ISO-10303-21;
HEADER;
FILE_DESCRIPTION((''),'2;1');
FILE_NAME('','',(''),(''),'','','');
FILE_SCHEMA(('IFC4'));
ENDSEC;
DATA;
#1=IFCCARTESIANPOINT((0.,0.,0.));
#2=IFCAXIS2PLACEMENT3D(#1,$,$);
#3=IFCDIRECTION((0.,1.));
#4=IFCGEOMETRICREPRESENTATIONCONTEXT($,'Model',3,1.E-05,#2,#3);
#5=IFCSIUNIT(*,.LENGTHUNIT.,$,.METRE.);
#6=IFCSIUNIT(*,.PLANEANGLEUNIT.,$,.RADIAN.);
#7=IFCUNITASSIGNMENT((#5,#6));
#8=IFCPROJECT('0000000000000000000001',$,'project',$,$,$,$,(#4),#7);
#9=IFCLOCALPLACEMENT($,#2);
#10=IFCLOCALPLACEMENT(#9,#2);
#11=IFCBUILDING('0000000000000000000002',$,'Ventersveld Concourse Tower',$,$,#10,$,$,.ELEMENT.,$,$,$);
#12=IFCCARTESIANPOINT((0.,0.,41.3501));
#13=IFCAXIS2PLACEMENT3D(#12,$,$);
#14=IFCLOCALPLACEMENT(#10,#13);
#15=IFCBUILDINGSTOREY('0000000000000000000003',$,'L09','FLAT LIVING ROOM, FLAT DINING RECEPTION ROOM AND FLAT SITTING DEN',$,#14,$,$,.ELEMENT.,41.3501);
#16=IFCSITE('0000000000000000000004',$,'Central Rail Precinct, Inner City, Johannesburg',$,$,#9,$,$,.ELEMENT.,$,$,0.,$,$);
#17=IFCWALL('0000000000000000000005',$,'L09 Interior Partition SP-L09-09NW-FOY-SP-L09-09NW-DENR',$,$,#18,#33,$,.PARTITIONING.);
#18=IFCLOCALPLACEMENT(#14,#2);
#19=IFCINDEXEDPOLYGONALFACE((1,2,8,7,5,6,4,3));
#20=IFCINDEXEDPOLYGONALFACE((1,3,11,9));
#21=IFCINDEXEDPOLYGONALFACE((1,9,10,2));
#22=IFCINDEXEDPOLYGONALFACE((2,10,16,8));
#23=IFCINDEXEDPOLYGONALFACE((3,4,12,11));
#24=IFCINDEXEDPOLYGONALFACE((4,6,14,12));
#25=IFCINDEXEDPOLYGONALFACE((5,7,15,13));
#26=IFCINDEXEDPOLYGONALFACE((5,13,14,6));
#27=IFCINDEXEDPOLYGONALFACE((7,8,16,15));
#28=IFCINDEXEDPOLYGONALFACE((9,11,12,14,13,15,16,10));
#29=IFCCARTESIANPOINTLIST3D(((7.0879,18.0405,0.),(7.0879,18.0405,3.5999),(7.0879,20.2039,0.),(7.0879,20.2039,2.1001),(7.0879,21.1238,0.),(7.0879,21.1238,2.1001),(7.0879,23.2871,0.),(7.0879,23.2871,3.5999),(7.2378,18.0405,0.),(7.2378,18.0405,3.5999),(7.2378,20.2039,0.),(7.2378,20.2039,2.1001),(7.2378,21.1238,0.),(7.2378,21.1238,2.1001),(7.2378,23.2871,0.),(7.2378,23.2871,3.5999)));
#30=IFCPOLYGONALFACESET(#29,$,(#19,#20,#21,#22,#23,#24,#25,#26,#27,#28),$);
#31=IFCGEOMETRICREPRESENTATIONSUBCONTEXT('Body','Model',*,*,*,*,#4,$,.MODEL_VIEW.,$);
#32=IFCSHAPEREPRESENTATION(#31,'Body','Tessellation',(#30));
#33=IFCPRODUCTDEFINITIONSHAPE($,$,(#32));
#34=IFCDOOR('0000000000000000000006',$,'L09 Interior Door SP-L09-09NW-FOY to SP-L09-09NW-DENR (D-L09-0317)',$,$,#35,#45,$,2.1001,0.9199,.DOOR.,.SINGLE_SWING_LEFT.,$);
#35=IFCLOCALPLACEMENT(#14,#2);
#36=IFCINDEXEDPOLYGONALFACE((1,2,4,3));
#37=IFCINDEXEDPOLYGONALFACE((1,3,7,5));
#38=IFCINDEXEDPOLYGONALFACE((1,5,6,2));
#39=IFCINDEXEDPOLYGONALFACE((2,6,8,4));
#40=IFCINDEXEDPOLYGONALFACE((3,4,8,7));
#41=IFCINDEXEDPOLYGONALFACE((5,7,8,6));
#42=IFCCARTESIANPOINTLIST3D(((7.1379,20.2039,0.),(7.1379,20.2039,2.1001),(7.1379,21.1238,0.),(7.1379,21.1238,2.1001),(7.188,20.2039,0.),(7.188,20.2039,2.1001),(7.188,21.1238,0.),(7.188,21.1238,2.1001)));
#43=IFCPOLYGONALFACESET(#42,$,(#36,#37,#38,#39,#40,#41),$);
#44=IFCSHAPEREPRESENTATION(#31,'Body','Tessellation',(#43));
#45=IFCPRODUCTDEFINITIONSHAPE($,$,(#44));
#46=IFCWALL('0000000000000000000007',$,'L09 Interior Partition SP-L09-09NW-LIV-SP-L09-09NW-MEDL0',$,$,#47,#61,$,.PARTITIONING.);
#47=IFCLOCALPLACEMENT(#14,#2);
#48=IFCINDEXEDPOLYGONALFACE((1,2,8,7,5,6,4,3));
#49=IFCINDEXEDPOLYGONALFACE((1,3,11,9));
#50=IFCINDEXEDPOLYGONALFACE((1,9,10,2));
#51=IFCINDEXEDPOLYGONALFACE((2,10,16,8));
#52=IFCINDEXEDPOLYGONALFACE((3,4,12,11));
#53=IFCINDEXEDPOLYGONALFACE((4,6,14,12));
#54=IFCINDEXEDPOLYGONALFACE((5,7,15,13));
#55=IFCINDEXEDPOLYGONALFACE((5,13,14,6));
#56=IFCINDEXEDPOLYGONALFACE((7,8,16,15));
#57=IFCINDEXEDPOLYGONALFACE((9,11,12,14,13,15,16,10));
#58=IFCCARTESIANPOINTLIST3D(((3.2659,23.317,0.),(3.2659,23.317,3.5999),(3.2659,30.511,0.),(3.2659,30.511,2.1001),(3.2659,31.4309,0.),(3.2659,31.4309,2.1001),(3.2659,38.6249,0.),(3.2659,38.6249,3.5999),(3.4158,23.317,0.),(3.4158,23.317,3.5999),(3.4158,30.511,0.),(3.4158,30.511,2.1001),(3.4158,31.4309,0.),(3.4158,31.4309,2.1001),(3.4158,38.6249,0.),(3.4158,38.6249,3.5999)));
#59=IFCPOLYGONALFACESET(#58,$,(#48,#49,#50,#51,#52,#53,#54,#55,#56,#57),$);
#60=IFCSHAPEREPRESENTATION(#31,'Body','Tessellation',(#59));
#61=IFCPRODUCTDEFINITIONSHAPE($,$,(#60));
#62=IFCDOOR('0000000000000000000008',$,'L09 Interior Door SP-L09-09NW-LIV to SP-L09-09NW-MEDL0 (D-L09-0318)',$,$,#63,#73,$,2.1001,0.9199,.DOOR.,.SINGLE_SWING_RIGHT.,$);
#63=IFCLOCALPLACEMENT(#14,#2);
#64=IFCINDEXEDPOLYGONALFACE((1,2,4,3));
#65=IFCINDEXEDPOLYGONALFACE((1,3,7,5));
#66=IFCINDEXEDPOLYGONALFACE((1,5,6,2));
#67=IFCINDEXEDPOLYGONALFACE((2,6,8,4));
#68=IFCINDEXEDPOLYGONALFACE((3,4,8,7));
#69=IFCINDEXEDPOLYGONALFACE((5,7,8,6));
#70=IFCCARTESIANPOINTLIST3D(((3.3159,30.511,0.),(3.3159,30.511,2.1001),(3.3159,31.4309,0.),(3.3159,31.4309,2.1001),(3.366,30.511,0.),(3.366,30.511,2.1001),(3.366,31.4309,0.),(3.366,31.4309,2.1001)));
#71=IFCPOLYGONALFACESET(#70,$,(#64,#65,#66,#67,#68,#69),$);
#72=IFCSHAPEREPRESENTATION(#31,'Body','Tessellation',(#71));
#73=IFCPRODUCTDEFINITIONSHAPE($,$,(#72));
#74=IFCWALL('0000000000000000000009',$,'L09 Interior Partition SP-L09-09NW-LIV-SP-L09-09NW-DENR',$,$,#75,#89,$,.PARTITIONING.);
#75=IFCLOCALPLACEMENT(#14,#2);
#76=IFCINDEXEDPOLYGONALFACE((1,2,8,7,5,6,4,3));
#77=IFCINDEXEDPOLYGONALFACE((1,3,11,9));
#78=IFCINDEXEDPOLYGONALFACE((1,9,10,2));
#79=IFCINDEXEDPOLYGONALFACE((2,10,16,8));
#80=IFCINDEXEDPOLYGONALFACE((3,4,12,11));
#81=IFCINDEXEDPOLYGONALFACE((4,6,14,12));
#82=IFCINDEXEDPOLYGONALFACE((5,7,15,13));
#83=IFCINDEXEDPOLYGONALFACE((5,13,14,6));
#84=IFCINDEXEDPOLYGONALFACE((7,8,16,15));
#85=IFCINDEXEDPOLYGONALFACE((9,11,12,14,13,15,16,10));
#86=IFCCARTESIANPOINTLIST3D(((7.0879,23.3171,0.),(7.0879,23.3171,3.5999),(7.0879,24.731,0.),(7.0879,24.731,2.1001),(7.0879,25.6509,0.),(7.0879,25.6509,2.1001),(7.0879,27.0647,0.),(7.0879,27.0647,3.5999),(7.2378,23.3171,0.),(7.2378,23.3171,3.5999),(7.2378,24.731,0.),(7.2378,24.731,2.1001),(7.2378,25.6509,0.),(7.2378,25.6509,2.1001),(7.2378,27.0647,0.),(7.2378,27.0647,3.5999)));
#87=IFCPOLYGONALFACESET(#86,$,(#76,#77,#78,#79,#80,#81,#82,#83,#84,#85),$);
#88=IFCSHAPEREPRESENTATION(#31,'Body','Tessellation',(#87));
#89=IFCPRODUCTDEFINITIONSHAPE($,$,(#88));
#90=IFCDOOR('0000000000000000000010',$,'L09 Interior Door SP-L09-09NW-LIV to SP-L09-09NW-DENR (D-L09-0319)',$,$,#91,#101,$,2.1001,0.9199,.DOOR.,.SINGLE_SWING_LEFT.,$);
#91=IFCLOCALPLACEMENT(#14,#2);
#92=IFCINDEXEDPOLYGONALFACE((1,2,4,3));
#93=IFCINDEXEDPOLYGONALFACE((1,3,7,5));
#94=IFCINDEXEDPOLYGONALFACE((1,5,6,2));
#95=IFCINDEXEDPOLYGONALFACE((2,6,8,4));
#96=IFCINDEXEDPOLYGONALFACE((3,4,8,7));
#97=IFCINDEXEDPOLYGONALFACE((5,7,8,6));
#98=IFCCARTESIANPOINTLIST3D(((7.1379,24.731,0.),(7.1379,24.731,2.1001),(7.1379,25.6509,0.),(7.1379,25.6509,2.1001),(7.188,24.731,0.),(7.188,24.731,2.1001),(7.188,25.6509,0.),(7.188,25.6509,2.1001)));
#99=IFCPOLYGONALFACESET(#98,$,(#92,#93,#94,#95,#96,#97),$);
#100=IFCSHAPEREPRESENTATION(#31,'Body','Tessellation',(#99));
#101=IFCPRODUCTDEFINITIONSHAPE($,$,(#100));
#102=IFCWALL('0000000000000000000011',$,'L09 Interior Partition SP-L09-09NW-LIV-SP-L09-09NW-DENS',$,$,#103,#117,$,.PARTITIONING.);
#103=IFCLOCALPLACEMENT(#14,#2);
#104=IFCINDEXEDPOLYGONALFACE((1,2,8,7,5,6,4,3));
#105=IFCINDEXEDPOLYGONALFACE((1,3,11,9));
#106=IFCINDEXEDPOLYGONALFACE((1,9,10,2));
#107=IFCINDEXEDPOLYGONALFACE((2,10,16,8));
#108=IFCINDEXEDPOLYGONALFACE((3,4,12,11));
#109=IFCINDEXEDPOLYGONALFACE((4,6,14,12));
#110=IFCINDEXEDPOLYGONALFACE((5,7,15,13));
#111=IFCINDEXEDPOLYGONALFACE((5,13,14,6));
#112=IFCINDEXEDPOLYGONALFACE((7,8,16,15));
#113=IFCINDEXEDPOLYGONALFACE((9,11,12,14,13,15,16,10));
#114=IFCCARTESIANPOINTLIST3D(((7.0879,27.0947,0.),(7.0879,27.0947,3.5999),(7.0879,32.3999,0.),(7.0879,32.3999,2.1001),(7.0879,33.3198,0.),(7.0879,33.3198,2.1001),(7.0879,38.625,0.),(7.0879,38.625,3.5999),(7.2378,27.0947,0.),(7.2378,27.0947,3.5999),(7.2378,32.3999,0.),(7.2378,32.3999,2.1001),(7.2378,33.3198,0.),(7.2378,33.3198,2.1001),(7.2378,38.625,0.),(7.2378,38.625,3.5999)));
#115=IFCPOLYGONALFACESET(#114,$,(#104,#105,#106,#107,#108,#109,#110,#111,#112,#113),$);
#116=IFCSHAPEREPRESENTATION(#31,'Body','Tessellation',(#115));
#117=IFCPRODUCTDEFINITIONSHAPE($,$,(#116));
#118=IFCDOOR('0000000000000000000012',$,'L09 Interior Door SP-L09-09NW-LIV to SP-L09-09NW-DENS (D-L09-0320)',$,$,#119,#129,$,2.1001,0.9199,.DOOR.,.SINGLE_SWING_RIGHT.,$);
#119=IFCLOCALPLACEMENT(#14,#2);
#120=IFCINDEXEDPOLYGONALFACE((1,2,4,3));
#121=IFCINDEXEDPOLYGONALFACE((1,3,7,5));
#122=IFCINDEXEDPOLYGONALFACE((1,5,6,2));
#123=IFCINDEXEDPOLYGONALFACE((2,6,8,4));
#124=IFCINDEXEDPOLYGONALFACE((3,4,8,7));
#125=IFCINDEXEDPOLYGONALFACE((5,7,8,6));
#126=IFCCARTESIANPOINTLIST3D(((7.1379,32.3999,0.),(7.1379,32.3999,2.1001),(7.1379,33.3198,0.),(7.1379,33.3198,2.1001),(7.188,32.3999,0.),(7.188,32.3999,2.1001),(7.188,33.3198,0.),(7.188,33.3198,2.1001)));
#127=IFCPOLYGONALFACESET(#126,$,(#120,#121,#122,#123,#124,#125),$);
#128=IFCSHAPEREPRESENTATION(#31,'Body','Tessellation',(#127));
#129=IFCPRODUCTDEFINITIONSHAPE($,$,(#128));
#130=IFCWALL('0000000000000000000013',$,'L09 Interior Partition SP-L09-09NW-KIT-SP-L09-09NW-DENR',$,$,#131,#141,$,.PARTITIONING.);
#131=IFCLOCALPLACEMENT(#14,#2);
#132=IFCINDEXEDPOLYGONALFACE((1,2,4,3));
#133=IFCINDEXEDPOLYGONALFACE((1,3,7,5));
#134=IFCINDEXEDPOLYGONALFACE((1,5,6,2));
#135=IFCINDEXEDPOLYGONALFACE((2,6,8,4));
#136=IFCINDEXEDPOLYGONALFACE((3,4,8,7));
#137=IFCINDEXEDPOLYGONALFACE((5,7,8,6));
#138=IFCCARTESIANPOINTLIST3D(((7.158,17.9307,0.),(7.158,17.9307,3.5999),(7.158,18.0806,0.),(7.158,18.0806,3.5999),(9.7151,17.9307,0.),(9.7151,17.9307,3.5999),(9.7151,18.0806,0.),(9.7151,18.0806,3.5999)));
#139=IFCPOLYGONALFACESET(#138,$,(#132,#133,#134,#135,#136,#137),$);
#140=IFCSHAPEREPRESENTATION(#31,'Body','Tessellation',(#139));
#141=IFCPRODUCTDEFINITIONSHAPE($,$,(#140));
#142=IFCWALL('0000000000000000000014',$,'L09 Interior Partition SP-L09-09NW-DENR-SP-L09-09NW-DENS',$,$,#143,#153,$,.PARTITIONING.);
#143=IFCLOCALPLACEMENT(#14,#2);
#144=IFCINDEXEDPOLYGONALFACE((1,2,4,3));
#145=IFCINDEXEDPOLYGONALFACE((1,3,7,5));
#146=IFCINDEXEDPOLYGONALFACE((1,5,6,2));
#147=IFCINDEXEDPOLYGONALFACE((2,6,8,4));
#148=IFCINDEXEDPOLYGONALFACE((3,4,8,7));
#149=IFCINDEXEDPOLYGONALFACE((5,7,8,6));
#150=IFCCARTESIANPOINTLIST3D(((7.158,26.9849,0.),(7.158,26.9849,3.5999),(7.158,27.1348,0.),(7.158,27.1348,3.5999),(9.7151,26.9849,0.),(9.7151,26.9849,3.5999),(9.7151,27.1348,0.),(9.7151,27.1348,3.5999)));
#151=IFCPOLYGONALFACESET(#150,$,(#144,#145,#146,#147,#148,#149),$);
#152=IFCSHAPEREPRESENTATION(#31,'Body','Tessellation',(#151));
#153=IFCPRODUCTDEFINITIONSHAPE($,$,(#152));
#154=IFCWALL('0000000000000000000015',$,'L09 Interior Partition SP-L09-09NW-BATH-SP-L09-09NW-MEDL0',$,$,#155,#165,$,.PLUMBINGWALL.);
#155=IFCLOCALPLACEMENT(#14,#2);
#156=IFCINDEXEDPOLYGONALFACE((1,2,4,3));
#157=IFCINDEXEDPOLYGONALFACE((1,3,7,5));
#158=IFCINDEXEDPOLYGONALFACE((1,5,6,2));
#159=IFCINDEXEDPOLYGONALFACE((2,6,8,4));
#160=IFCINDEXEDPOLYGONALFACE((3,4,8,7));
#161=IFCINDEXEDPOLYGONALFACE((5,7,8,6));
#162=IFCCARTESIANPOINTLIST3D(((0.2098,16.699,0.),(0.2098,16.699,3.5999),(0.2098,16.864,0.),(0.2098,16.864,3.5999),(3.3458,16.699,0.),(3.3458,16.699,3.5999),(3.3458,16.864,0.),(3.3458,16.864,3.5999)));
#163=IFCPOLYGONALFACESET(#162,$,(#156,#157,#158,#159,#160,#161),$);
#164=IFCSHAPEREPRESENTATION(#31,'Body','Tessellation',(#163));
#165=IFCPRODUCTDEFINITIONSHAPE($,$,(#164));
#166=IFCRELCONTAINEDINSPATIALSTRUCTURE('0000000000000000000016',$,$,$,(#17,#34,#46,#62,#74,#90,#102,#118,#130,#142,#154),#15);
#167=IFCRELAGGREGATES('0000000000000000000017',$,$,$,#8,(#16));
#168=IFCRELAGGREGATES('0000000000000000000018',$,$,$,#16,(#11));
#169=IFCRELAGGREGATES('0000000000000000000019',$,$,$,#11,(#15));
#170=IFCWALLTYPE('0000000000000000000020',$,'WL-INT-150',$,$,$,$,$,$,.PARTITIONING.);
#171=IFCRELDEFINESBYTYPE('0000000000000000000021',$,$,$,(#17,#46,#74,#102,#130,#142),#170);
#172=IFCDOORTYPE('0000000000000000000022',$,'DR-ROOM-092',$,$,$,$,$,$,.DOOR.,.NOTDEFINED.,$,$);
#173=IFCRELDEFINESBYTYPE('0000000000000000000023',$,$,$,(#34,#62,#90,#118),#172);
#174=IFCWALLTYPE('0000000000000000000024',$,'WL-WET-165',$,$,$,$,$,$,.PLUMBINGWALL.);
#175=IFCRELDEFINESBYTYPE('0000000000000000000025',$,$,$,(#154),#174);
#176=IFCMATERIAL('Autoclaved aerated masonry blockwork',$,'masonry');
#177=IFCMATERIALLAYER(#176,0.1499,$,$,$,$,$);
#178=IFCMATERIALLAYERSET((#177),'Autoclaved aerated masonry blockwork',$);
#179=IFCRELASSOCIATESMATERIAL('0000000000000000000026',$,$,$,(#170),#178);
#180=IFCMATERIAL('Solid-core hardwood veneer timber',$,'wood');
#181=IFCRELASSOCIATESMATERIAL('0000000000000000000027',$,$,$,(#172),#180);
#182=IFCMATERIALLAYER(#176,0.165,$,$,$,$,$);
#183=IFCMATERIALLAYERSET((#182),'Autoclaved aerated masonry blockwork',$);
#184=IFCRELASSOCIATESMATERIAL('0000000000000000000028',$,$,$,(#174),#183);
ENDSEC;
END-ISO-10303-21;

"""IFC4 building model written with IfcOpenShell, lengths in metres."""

from ifc_helpers import new_model, si_unit, direction, frame, frame_2d, origin, place, context, subcontext, project, spatial, rectangle, extrude, material, layer, layer_set, type_object, element, fill, save


model = new_model("IFC4")

# Units and contexts
model_context = context("Model", 3, precision=1e-05, world=origin(), true_north=direction((0.0, 1.0)))
body_context = subcontext(model_context, "Body", "Model", "MODEL_VIEW")
ifc_project = project(units=[si_unit("LENGTHUNIT", "METRE"), si_unit("PLANEANGLEUNIT", "RADIAN")], contexts=[model_context])

# Site, building, storey
site_placement = place(None, origin())
site = spatial("IfcSite", under=ifc_project, at=site_placement, Name="Central Rail Precinct, Inner City, Johannesburg", CompositionType="ELEMENT", RefElevation=0.0)
building_placement = place(site_placement, origin())
building = spatial("IfcBuilding", under=site, at=building_placement, Name="Ventersveld Concourse Tower", CompositionType="ELEMENT")
storey_placement = place(building_placement, frame((0.0, 0.0, 41.3501)))
storey = spatial("IfcBuildingStorey", under=building, at=storey_placement, Name="L09", Description="FLAT LIVING ROOM, FLAT DINING RECEPTION ROOM AND FLAT SITTING DEN", CompositionType="ELEMENT", Elevation=41.3501)

# Walls, openings, doors
ifc_material_1 = material(Name="Autoclaved aerated masonry blockwork", Category="masonry")
ifc_layer_1 = layer(ifc_material_1, 0.1499)
ifc_layer_set_1 = layer_set([ifc_layer_1], Name="Autoclaved aerated masonry blockwork")
wall_type_1 = type_object("IfcWallType", Name="WL-INT-150", PredefinedType="PARTITIONING", material=ifc_layer_set_1)
ifc_material_2 = material(Name="Solid-core hardwood veneer timber", Category="wood")
door_type = type_object("IfcDoorType", Name="DR-ROOM-092", OperationType="NOTDEFINED", PredefinedType="DOOR", material=ifc_material_2)
wall_1_placement = place(storey_placement, frame((7.1628, 18.0405, 0.0), z_axis=(0.0, 0.0, 1.0), x_axis=(0.0, 1.0, 0.0)))
wall_1 = element("IfcWall", 1, at=wall_1_placement, inside=storey, type_object=wall_type_1, Name="L09 Interior Partition SP-L09-09NW-FOY-SP-L09-09NW-DENR", PredefinedType="PARTITIONING", context=body_context, shape_type="SweptSolid", body=[
    extrude(rectangle(XDim=5.2466, YDim=0.1499, at=frame_2d((2.6233, 0.0))), origin(), (0.0, 0.0, 1.0), 3.5999),
])
opening_1_placement = place(wall_1_placement, frame((2.1633, 0.0, 0.0)))
opening_1 = element("IfcOpeningElement", 2, at=opening_1_placement, cuts=wall_1, PredefinedType="OPENING", context=body_context, shape_type="SweptSolid", body=[
    extrude(rectangle(XDim=0.9199, YDim=2.1001, at=frame_2d((0.46, 1.05))), frame((0.0, 0.085, 0.0), z_axis=(0.0, -1.0, 0.0), x_axis=(1.0, 0.0, 0.0)), (0.0, 0.0, 1.0), 0.1699),
])
door_1_placement = place(opening_1_placement, origin())
door_1 = element("IfcDoor", 3, at=door_1_placement, inside=storey, type_object=door_type, Name="L09 Interior Door SP-L09-09NW-FOY to SP-L09-09NW-DENR (D-L09-0317)", OperationType="SINGLE_SWING_LEFT", OverallHeight=2.1001, OverallWidth=0.9199, PredefinedType="DOOR", context=body_context, shape_type="SweptSolid", body=[
    extrude(rectangle(XDim=0.9199, YDim=2.1001, at=frame_2d((0.46, 1.05))), frame((0.0, 0.0249, 0.0), z_axis=(0.0, -1.0, 0.0), x_axis=(1.0, 0.0, 0.0)), (0.0, 0.0, 1.0), 0.05),
])
fill(opening_1, door_1)
wall_2_placement = place(storey_placement, frame((3.3408, 23.3171, 0.0), z_axis=(0.0, 0.0, 1.0), x_axis=(0.0, 1.0, 0.0)))
wall_2 = element("IfcWall", 4, at=wall_2_placement, inside=storey, type_object=wall_type_1, Name="L09 Interior Partition SP-L09-09NW-LIV-SP-L09-09NW-MEDL0", PredefinedType="PARTITIONING", context=body_context, shape_type="SweptSolid", body=[
    extrude(rectangle(XDim=15.3079, YDim=0.1499, at=frame_2d((7.6538, 0.0))), origin(), (0.0, 0.0, 1.0), 3.5999),
])
opening_2_placement = place(wall_2_placement, frame((7.1938, 0.0, 0.0)))
opening_2 = element("IfcOpeningElement", 5, at=opening_2_placement, cuts=wall_2, PredefinedType="OPENING", context=body_context, shape_type="SweptSolid", body=[
    extrude(rectangle(XDim=0.9199, YDim=2.1001, at=frame_2d((0.46, 1.05))), frame((0.0, 0.085, 0.0), z_axis=(0.0, -1.0, 0.0), x_axis=(1.0, 0.0, 0.0)), (0.0, 0.0, 1.0), 0.1699),
])
door_2_placement = place(opening_2_placement, origin())
door_2 = element("IfcDoor", 6, at=door_2_placement, inside=storey, type_object=door_type, Name="L09 Interior Door SP-L09-09NW-LIV to SP-L09-09NW-MEDL0 (D-L09-0318)", OperationType="SINGLE_SWING_RIGHT", OverallHeight=2.1001, OverallWidth=0.9199, PredefinedType="DOOR", context=body_context, shape_type="SweptSolid", body=[
    extrude(rectangle(XDim=0.9199, YDim=2.1001, at=frame_2d((0.46, 1.05))), frame((0.0, 0.0249, 0.0), z_axis=(0.0, -1.0, 0.0), x_axis=(1.0, 0.0, 0.0)), (0.0, 0.0, 1.0), 0.05),
])
fill(opening_2, door_2)
wall_3_placement = place(storey_placement, frame((7.1628, 23.3171, 0.0), z_axis=(0.0, 0.0, 1.0), x_axis=(0.0, 1.0, 0.0)))
wall_3 = element("IfcWall", 7, at=wall_3_placement, inside=storey, type_object=wall_type_1, Name="L09 Interior Partition SP-L09-09NW-LIV-SP-L09-09NW-DENR", PredefinedType="PARTITIONING", context=body_context, shape_type="SweptSolid", body=[
    extrude(rectangle(XDim=3.7476, YDim=0.1499, at=frame_2d((1.8738, 0.0))), origin(), (0.0, 0.0, 1.0), 3.5999),
])
opening_3_placement = place(wall_3_placement, frame((1.4138, 0.0, 0.0)))
opening_3 = element("IfcOpeningElement", 8, at=opening_3_placement, cuts=wall_3, PredefinedType="OPENING", context=body_context, shape_type="SweptSolid", body=[
    extrude(rectangle(XDim=0.9199, YDim=2.1001, at=frame_2d((0.46, 1.05))), frame((0.0, 0.085, 0.0), z_axis=(0.0, -1.0, 0.0), x_axis=(1.0, 0.0, 0.0)), (0.0, 0.0, 1.0), 0.1699),
])
door_3_placement = place(opening_3_placement, origin())
door_3 = element("IfcDoor", 9, at=door_3_placement, inside=storey, type_object=door_type, Name="L09 Interior Door SP-L09-09NW-LIV to SP-L09-09NW-DENR (D-L09-0319)", OperationType="SINGLE_SWING_LEFT", OverallHeight=2.1001, OverallWidth=0.9199, PredefinedType="DOOR", context=body_context, shape_type="SweptSolid", body=[
    extrude(rectangle(XDim=0.9199, YDim=2.1001, at=frame_2d((0.46, 1.05))), frame((0.0, 0.0249, 0.0), z_axis=(0.0, -1.0, 0.0), x_axis=(1.0, 0.0, 0.0)), (0.0, 0.0, 1.0), 0.05),
])
fill(opening_3, door_3)
wall_4_placement = place(storey_placement, frame((7.1628, 27.0947, 0.0), z_axis=(0.0, 0.0, 1.0), x_axis=(0.0, 1.0, 0.0)))
wall_4 = element("IfcWall", 10, at=wall_4_placement, inside=storey, type_object=wall_type_1, Name="L09 Interior Partition SP-L09-09NW-LIV-SP-L09-09NW-DENS", PredefinedType="PARTITIONING", context=body_context, shape_type="SweptSolid", body=[
    extrude(rectangle(XDim=11.5303, YDim=0.1499, at=frame_2d((5.7651, 0.0))), origin(), (0.0, 0.0, 1.0), 3.5999),
])
opening_4_placement = place(wall_4_placement, frame((5.3052, 0.0, 0.0)))
opening_4 = element("IfcOpeningElement", 11, at=opening_4_placement, cuts=wall_4, PredefinedType="OPENING", context=body_context, shape_type="SweptSolid", body=[
    extrude(rectangle(XDim=0.9199, YDim=2.1001, at=frame_2d((0.46, 1.05))), frame((0.0, 0.085, 0.0), z_axis=(0.0, -1.0, 0.0), x_axis=(1.0, 0.0, 0.0)), (0.0, 0.0, 1.0), 0.1699),
])
door_4_placement = place(opening_4_placement, origin())
door_4 = element("IfcDoor", 12, at=door_4_placement, inside=storey, type_object=door_type, Name="L09 Interior Door SP-L09-09NW-LIV to SP-L09-09NW-DENS (D-L09-0320)", OperationType="SINGLE_SWING_RIGHT", OverallHeight=2.1001, OverallWidth=0.9199, PredefinedType="DOOR", context=body_context, shape_type="SweptSolid", body=[
    extrude(rectangle(XDim=0.9199, YDim=2.1001, at=frame_2d((0.46, 1.05))), frame((0.0, 0.0249, 0.0), z_axis=(0.0, -1.0, 0.0), x_axis=(1.0, 0.0, 0.0)), (0.0, 0.0, 1.0), 0.05),
])
fill(opening_4, door_4)

# Walls
for number, where, z_axis, x_axis, name in (
    (13, (7.158, 18.0056, 0.0), (0.0, 0.0, 1.0), (1.0, 0.0, 0.0), "L09 Interior Partition SP-L09-09NW-KIT-SP-L09-09NW-DENR"),
    (14, (7.158, 27.0598, 0.0), (0.0, 0.0, 1.0), (1.0, 0.0, 0.0), "L09 Interior Partition SP-L09-09NW-DENR-SP-L09-09NW-DENS"),
):
    element("IfcWall", number, at=place(storey_placement, frame(where, z_axis=z_axis, x_axis=x_axis)), inside=storey, type_object=wall_type_1, Name=name, PredefinedType="PARTITIONING", context=body_context, shape_type="SweptSolid", body=[
        extrude(rectangle(XDim=2.5571, YDim=0.1499, at=frame_2d((1.2786, 0.0))), origin(), (0.0, 0.0, 1.0), 3.5999),
    ])
ifc_layer_2 = layer(ifc_material_1, 0.165)
ifc_layer_set_2 = layer_set([ifc_layer_2], Name="Autoclaved aerated masonry blockwork")
wall_type_2 = type_object("IfcWallType", Name="WL-WET-165", PredefinedType="PLUMBINGWALL", material=ifc_layer_set_2)
wall_5_placement = place(storey_placement, frame((0.21, 16.7815, 0.0), z_axis=(0.0, 0.0, 1.0), x_axis=(1.0, 0.0, 0.0)))
element("IfcWall", 15, at=wall_5_placement, inside=storey, type_object=wall_type_2, Name="L09 Interior Partition SP-L09-09NW-BATH-SP-L09-09NW-MEDL0", PredefinedType="PLUMBINGWALL", context=body_context, shape_type="SweptSolid", body=[
    extrude(rectangle(XDim=3.136, YDim=0.165, at=frame_2d((1.5679, 0.0))), origin(), (0.0, 0.0, 1.0), 3.5999),
])

save(model, "model.ifc")
